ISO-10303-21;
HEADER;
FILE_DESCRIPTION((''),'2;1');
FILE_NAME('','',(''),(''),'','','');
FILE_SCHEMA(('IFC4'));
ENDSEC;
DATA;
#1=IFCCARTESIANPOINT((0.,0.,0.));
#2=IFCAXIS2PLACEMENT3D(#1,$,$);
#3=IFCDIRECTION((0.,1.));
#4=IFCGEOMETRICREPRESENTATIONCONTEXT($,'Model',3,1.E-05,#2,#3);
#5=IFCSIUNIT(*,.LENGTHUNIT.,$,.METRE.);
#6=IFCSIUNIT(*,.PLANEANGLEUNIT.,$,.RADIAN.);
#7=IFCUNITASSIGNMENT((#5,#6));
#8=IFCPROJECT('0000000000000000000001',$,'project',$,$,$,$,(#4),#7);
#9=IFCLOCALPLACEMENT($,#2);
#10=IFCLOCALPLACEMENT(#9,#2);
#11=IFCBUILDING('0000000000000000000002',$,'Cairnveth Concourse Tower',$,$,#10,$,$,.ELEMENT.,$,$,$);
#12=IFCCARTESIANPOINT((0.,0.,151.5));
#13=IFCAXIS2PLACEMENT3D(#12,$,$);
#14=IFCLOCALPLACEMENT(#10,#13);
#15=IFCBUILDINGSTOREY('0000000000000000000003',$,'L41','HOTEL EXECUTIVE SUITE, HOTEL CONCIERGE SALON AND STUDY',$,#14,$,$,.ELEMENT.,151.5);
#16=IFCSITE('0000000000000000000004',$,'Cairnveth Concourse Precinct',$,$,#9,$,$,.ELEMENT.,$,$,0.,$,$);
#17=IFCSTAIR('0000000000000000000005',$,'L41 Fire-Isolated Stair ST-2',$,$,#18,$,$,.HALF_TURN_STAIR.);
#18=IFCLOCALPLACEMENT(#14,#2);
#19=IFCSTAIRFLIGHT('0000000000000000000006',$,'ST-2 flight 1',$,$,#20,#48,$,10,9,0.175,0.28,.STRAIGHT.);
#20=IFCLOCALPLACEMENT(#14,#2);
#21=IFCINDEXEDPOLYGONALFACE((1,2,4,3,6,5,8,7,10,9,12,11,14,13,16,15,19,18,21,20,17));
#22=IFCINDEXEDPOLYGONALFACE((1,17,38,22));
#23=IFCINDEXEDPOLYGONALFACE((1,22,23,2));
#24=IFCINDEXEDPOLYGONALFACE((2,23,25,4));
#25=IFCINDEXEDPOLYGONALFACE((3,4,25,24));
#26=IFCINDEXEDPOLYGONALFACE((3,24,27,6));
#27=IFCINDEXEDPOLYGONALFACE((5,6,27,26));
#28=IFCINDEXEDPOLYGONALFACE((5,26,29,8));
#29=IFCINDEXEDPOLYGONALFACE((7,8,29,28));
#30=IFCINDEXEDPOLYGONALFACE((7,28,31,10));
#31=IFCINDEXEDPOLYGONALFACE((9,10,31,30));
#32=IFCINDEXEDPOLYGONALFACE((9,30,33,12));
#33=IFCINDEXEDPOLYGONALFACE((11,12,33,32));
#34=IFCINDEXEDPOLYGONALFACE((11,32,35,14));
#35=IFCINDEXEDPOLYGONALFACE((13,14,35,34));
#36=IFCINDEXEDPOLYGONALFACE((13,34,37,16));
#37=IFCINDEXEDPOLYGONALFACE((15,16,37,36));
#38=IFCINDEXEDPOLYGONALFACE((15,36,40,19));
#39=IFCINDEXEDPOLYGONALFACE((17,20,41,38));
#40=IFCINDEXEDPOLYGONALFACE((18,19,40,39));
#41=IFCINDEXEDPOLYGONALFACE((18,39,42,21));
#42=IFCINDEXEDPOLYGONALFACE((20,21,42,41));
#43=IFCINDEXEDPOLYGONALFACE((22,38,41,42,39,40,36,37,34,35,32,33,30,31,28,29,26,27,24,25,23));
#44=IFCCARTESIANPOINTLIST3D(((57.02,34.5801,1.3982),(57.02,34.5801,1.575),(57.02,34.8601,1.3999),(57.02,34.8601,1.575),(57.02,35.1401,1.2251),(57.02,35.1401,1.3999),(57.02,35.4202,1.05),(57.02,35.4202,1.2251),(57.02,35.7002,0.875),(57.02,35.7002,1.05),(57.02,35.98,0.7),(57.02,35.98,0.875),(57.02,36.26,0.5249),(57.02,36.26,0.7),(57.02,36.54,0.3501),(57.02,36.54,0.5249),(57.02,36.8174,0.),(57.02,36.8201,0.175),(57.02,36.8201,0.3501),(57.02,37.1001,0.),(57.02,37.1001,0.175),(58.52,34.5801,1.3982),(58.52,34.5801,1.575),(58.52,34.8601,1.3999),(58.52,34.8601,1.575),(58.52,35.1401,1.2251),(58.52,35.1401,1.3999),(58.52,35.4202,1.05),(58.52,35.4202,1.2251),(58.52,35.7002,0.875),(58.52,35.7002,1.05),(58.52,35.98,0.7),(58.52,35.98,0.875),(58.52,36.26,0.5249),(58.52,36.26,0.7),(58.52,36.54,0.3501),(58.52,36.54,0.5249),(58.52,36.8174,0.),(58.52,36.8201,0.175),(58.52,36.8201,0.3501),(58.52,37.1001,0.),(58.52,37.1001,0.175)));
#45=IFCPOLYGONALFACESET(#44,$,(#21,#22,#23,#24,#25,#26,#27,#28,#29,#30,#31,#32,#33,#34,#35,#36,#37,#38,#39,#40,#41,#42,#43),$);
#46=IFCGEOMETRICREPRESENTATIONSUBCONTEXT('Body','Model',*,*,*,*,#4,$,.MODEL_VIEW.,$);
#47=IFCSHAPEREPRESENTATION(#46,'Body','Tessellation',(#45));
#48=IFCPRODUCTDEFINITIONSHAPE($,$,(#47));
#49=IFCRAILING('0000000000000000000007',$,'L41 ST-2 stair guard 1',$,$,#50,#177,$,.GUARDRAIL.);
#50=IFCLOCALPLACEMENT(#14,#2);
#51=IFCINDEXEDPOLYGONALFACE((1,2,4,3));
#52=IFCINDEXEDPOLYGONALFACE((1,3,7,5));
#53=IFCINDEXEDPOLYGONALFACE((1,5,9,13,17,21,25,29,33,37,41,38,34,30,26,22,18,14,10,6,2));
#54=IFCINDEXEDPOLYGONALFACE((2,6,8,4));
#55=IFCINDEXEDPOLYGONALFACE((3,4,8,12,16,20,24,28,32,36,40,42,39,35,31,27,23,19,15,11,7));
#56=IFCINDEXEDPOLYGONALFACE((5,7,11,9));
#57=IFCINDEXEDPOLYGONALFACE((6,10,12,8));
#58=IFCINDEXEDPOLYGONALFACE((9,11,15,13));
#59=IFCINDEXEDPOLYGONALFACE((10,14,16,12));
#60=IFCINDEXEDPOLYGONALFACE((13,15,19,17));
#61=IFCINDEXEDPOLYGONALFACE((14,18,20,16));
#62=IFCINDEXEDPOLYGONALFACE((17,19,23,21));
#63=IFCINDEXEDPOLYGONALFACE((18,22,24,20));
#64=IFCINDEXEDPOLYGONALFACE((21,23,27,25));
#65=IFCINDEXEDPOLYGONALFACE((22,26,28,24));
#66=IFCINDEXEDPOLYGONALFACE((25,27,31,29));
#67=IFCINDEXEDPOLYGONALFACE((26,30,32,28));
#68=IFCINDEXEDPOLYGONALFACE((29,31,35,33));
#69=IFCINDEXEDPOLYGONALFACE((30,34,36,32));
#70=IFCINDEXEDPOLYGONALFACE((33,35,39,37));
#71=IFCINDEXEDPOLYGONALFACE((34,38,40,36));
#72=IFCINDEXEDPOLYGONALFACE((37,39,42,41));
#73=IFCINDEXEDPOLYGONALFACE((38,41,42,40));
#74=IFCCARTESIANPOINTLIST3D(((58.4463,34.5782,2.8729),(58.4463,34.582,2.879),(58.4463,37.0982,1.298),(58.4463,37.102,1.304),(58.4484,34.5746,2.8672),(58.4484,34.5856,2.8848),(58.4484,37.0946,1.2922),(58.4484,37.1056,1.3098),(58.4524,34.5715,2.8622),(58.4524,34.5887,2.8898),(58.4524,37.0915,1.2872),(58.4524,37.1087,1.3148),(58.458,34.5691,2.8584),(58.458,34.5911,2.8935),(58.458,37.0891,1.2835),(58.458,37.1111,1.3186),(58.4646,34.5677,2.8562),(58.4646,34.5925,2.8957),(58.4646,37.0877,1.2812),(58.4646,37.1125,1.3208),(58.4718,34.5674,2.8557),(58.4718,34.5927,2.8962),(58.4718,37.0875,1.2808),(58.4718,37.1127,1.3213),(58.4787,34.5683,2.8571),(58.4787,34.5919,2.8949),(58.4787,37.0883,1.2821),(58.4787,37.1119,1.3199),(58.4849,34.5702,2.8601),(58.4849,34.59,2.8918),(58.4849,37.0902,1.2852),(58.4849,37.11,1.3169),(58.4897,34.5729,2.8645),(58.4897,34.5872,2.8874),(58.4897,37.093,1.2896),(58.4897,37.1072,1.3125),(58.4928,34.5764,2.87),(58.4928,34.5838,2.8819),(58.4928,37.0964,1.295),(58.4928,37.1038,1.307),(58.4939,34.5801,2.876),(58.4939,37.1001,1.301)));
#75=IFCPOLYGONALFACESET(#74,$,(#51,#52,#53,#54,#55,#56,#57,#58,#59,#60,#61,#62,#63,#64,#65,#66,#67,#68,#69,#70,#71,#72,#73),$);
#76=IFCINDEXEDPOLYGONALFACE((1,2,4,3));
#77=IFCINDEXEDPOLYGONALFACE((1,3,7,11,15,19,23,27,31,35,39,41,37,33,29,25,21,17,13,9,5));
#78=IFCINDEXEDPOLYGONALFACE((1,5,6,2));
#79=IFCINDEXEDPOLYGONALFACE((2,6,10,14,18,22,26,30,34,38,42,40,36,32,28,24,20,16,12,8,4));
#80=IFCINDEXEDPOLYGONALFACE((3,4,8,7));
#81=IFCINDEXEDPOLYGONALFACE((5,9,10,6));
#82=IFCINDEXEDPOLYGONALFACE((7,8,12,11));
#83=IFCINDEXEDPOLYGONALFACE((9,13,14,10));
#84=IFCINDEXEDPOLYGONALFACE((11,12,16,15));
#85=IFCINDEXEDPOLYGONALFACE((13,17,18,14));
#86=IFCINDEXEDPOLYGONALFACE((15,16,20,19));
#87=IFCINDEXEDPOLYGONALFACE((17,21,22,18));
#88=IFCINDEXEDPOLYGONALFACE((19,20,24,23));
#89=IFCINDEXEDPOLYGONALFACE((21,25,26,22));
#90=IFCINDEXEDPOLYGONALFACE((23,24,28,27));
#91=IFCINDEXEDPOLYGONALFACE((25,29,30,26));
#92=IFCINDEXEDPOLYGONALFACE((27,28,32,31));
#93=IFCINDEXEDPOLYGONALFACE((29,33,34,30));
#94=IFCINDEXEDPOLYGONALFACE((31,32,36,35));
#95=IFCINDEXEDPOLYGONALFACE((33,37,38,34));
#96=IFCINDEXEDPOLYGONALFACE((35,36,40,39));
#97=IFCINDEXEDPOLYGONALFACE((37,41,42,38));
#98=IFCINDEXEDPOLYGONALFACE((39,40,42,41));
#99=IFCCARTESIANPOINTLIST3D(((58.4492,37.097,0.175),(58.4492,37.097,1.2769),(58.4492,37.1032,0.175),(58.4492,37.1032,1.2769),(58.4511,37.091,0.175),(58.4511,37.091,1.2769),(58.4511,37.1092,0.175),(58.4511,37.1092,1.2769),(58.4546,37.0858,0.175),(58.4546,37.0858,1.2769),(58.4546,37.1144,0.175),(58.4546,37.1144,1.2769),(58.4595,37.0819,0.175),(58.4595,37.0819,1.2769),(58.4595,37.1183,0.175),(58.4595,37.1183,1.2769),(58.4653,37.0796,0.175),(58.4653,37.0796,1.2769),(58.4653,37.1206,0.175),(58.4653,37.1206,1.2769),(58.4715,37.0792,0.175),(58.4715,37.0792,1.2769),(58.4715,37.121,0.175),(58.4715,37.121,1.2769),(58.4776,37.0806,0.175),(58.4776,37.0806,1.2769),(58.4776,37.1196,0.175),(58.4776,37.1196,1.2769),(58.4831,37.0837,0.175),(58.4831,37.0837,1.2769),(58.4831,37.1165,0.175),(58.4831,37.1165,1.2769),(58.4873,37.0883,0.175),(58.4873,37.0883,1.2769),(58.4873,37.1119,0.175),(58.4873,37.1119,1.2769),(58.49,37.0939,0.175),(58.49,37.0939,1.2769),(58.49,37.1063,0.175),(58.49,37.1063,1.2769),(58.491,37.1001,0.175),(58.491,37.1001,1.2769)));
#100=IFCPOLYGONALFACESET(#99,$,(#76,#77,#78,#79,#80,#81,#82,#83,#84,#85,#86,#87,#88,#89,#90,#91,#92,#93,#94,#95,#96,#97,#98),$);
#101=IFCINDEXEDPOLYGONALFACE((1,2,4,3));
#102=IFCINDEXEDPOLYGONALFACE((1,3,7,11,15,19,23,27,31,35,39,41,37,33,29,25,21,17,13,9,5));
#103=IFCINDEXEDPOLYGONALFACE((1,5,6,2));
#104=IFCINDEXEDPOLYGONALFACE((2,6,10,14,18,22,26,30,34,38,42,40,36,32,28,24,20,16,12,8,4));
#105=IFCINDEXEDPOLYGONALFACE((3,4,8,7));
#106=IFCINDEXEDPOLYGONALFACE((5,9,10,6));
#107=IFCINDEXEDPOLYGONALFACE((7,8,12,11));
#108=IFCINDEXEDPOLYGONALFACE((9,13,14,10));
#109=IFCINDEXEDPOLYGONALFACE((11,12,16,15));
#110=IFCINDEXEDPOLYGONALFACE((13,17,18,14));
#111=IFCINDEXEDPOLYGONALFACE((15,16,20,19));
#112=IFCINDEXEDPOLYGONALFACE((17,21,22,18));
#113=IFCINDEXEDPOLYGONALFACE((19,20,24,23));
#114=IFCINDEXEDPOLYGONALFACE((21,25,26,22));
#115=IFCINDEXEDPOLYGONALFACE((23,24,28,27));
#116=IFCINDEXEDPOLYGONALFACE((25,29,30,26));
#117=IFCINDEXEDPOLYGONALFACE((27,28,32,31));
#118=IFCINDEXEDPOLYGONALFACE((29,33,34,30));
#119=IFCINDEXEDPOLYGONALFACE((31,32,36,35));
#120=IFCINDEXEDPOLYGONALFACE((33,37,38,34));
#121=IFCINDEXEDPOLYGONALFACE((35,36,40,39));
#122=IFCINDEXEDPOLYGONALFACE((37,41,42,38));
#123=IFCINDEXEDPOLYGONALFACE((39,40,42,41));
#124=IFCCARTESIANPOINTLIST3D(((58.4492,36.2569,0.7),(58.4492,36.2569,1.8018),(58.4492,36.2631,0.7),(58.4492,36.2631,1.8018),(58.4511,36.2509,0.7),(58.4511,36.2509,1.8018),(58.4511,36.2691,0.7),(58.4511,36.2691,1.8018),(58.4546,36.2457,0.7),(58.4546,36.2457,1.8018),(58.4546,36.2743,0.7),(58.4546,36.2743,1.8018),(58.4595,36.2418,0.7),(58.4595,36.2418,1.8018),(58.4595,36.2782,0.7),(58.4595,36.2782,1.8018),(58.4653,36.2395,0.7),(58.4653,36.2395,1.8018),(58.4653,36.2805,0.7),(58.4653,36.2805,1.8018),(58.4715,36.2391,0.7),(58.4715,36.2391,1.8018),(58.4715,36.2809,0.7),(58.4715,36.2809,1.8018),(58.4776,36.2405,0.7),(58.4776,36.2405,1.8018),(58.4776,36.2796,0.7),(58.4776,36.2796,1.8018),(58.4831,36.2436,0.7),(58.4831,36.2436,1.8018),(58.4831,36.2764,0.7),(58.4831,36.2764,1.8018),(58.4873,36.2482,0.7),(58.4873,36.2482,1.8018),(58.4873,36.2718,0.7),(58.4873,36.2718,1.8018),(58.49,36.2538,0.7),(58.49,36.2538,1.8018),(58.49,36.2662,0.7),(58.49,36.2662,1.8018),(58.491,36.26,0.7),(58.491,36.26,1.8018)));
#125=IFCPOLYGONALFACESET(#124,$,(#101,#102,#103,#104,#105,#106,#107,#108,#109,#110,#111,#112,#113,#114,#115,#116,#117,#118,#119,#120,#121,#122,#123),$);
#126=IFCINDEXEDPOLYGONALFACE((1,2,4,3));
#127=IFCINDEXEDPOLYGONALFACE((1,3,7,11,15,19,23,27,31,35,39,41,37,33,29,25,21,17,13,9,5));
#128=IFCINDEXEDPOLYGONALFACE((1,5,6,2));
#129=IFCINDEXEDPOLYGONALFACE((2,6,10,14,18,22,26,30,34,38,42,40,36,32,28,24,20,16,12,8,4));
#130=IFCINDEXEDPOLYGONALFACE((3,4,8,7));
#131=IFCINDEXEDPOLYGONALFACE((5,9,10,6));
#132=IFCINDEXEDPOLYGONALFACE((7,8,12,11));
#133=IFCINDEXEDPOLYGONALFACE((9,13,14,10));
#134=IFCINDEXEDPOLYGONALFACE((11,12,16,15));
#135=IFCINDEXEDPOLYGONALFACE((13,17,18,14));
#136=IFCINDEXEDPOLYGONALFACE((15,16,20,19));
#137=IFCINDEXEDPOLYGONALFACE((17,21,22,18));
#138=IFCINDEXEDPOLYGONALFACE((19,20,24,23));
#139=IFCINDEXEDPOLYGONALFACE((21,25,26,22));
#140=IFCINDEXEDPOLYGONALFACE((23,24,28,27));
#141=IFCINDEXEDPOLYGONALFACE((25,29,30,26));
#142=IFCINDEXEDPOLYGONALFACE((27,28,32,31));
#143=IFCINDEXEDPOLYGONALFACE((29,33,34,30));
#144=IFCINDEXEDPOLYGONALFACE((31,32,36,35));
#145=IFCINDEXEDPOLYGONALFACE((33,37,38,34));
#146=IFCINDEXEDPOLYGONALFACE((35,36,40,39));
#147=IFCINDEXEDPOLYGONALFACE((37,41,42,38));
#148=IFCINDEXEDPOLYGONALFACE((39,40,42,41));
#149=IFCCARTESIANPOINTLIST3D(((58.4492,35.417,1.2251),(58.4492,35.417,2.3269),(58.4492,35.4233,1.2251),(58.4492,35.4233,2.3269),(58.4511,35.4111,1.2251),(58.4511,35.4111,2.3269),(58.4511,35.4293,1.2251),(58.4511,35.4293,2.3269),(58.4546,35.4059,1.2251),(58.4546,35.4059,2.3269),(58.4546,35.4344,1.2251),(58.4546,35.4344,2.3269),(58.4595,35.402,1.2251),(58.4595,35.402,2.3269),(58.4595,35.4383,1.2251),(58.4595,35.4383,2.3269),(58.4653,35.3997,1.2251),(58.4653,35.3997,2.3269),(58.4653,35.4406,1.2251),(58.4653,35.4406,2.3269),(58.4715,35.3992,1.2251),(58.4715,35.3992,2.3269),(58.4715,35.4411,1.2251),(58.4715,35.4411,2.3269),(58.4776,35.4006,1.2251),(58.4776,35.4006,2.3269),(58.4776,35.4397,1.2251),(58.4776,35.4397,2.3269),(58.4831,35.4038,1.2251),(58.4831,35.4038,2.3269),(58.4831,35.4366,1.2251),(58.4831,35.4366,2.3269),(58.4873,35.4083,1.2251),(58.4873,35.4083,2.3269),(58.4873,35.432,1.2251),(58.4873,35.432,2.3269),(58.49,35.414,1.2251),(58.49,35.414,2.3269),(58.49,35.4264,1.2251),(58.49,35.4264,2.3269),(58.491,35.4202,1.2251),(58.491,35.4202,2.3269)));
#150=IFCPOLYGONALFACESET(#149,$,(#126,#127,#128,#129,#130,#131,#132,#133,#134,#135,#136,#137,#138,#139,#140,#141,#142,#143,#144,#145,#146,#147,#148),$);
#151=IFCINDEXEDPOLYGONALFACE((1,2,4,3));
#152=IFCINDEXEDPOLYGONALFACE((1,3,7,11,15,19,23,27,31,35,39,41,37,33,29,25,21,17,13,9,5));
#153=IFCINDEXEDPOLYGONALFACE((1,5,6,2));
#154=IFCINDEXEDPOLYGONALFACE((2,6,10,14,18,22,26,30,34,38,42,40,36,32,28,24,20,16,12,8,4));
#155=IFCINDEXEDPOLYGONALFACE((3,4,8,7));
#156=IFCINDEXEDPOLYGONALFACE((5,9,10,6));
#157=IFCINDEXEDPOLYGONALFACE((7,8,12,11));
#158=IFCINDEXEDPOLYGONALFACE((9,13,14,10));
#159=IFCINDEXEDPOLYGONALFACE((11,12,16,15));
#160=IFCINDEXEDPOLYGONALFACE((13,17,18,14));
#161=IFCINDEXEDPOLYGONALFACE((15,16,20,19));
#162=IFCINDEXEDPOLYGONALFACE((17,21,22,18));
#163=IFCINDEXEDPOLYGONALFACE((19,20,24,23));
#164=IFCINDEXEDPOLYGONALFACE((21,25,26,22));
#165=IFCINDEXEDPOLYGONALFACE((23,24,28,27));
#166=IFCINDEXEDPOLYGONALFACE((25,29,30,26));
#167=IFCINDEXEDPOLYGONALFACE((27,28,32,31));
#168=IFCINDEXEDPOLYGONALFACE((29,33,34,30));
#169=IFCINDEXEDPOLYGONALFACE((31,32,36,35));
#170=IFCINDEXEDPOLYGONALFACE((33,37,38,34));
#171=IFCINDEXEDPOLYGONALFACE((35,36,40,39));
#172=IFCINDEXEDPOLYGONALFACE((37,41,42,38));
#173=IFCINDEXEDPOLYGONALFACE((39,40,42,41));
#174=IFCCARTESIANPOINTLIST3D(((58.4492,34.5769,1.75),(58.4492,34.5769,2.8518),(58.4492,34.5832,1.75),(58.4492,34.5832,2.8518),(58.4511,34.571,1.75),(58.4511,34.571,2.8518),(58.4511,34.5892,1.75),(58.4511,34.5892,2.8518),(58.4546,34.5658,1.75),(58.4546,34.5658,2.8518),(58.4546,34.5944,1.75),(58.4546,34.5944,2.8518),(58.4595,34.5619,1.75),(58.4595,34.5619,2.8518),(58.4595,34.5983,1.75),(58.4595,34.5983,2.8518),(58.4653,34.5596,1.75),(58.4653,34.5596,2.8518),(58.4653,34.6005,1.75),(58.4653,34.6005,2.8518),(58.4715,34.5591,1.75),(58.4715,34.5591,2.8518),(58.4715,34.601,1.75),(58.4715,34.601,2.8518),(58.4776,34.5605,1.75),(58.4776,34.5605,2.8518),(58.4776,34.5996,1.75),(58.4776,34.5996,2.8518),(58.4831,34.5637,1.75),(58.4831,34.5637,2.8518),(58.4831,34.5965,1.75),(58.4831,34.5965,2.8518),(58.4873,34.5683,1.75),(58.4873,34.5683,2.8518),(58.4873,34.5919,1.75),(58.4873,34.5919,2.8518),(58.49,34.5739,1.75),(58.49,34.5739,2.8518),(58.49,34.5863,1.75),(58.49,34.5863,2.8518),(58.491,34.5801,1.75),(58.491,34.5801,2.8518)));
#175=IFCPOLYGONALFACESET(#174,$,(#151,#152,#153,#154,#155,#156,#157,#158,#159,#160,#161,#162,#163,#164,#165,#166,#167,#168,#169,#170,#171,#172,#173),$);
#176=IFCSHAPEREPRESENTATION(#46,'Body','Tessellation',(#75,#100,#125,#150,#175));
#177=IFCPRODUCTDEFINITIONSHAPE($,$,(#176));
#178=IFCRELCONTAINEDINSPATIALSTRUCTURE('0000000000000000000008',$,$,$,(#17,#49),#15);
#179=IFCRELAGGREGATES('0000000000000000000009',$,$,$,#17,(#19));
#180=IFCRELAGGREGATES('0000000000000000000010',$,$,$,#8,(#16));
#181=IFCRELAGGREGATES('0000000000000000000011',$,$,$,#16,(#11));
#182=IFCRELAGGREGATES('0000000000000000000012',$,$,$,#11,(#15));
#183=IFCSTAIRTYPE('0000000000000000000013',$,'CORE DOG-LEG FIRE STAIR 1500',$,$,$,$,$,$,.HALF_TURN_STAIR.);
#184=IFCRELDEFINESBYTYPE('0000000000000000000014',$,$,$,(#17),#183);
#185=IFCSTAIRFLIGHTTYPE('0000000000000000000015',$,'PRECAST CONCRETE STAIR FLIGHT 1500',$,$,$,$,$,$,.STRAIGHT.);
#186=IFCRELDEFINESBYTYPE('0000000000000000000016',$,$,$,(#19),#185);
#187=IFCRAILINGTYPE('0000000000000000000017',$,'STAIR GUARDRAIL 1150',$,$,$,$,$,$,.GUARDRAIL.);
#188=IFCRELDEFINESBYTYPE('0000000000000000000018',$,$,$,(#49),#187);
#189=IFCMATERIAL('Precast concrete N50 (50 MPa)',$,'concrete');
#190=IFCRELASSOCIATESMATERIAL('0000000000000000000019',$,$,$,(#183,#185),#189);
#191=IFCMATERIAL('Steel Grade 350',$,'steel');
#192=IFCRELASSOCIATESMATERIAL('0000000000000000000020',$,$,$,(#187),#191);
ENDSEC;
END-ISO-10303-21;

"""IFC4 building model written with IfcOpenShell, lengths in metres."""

from ifc_helpers import new_model, si_unit, direction, frame, origin, origin_2d, place, context, subcontext, project, spatial, polyline, circle, outline, extrude, material, type_object, element, aggregate, save


model = new_model("IFC4")

# Units and contexts
model_context = context("Model", 3, precision=1e-05, world=origin(), true_north=direction((0.0, 1.0)))
body_context = subcontext(model_context, "Body", "Model", "MODEL_VIEW")
ifc_project = project(units=[si_unit("LENGTHUNIT", "METRE"), si_unit("PLANEANGLEUNIT", "RADIAN")], contexts=[model_context])

# Site, building, storey
site_placement = place(None, origin())
site = spatial("IfcSite", under=ifc_project, at=site_placement, Name="Cairnveth Concourse Precinct", CompositionType="ELEMENT", RefElevation=0.0)
building_placement = place(site_placement, origin())
building = spatial("IfcBuilding", under=site, at=building_placement, Name="Cairnveth Concourse Tower", CompositionType="ELEMENT")
storey_placement = place(building_placement, frame((0.0, 0.0, 151.5)))
storey = spatial("IfcBuildingStorey", under=building, at=storey_placement, Name="L41", Description="HOTEL EXECUTIVE SUITE, HOTEL CONCIERGE SALON AND STUDY", CompositionType="ELEMENT", Elevation=151.5)

# Shared definitions
ifc_material_1 = material(Name="Steel Grade 350", Category="steel")

# Stair, stair flight
ifc_material_2 = material(Name="Precast concrete N50 (50 MPa)", Category="concrete")
stair_type = type_object("IfcStairType", Name="CORE DOG-LEG FIRE STAIR 1500", PredefinedType="HALF_TURN_STAIR", material=ifc_material_2)
stair_placement = place(storey_placement, origin())
stair = element("IfcStair", 1, at=stair_placement, inside=storey, type_object=stair_type, Name="L41 Fire-Isolated Stair ST-2", PredefinedType="HALF_TURN_STAIR")
stair_flight_type = type_object("IfcStairFlightType", Name="PRECAST CONCRETE STAIR FLIGHT 1500", PredefinedType="STRAIGHT", material=ifc_material_2)
stair_flight_placement = place(storey_placement, frame((57.77, 37.1001, 0.0), z_axis=(0.0, 0.0, 1.0), x_axis=(0.0, -1.0, 0.0)))
stair_flight = element("IfcStairFlight", 2, at=stair_flight_placement, type_object=stair_flight_type, Name="ST-2 flight 1", NumberOfRisers=10, NumberOfTreads=9, PredefinedType="STRAIGHT", RiserHeight=0.175, TreadLength=0.28, context=body_context, shape_type="SweptSolid", body=[
    extrude(outline(polyline([(0.0, 0.0), (0.0, 0.175), (0.28, 0.175), (0.28, 0.3501), (0.5601, 0.3501), (0.5601, 0.5249), (0.8401, 0.5249), (0.8401, 0.7), (1.1201, 0.7), (1.1201, 0.875), (1.3999, 0.875), (1.3999, 1.05), (1.6799, 1.05), (1.6799, 1.2251), (1.96, 1.2251), (1.96, 1.3999), (2.24, 1.3999), (2.24, 1.575), (2.52, 1.575), (2.52, 1.75), (2.52, 1.3982), (0.2827, 0.0), (0.0, 0.0)])), frame((0.0, 0.75, 0.0), z_axis=(0.0, -1.0, 0.0), x_axis=(1.0, 0.0, 0.0)), (0.0, 0.0, 1.0), 1.5),
])
aggregate(stair, [stair_flight])

# Railing
railing_type_1 = type_object("IfcRailingType", Name="STAIR GUARDRAIL 1150", PredefinedType="GUARDRAIL", material=ifc_material_1)
railing_1_placement = place(storey_placement, frame((58.47, 37.1001, 0.175)))
element("IfcRailing", 3, at=railing_1_placement, inside=storey, type_object=railing_type_1, Name="L41 ST-2 stair guard 1", PredefinedType="GUARDRAIL", context=body_context, shape_type="SweptSolid", body=[
    extrude(circle(Radius=0.0239, at=origin_2d()), frame((0.0, 0.0, 1.126), z_axis=(0.0, -0.848008, 0.529984), x_axis=(1.0, 0.0, 0.0)), (0.0, 0.0, 1.0), 2.9717),
    extrude(circle(Radius=0.021, at=origin_2d()), origin(), (0.0, 0.0, 1.0), 1.1018),
    extrude(circle(Radius=0.021, at=origin_2d()), frame((0.0, -0.8401, 0.5249)), (0.0, 0.0, 1.0), 1.1018),
    extrude(circle(Radius=0.021, at=origin_2d()), frame((0.0, -1.6799, 1.05)), (0.0, 0.0, 1.0), 1.1018),
    extrude(circle(Radius=0.021, at=origin_2d()), frame((0.0, -2.52, 1.575)), (0.0, 0.0, 1.0), 1.1018),
])

save(model, "model.ifc")
